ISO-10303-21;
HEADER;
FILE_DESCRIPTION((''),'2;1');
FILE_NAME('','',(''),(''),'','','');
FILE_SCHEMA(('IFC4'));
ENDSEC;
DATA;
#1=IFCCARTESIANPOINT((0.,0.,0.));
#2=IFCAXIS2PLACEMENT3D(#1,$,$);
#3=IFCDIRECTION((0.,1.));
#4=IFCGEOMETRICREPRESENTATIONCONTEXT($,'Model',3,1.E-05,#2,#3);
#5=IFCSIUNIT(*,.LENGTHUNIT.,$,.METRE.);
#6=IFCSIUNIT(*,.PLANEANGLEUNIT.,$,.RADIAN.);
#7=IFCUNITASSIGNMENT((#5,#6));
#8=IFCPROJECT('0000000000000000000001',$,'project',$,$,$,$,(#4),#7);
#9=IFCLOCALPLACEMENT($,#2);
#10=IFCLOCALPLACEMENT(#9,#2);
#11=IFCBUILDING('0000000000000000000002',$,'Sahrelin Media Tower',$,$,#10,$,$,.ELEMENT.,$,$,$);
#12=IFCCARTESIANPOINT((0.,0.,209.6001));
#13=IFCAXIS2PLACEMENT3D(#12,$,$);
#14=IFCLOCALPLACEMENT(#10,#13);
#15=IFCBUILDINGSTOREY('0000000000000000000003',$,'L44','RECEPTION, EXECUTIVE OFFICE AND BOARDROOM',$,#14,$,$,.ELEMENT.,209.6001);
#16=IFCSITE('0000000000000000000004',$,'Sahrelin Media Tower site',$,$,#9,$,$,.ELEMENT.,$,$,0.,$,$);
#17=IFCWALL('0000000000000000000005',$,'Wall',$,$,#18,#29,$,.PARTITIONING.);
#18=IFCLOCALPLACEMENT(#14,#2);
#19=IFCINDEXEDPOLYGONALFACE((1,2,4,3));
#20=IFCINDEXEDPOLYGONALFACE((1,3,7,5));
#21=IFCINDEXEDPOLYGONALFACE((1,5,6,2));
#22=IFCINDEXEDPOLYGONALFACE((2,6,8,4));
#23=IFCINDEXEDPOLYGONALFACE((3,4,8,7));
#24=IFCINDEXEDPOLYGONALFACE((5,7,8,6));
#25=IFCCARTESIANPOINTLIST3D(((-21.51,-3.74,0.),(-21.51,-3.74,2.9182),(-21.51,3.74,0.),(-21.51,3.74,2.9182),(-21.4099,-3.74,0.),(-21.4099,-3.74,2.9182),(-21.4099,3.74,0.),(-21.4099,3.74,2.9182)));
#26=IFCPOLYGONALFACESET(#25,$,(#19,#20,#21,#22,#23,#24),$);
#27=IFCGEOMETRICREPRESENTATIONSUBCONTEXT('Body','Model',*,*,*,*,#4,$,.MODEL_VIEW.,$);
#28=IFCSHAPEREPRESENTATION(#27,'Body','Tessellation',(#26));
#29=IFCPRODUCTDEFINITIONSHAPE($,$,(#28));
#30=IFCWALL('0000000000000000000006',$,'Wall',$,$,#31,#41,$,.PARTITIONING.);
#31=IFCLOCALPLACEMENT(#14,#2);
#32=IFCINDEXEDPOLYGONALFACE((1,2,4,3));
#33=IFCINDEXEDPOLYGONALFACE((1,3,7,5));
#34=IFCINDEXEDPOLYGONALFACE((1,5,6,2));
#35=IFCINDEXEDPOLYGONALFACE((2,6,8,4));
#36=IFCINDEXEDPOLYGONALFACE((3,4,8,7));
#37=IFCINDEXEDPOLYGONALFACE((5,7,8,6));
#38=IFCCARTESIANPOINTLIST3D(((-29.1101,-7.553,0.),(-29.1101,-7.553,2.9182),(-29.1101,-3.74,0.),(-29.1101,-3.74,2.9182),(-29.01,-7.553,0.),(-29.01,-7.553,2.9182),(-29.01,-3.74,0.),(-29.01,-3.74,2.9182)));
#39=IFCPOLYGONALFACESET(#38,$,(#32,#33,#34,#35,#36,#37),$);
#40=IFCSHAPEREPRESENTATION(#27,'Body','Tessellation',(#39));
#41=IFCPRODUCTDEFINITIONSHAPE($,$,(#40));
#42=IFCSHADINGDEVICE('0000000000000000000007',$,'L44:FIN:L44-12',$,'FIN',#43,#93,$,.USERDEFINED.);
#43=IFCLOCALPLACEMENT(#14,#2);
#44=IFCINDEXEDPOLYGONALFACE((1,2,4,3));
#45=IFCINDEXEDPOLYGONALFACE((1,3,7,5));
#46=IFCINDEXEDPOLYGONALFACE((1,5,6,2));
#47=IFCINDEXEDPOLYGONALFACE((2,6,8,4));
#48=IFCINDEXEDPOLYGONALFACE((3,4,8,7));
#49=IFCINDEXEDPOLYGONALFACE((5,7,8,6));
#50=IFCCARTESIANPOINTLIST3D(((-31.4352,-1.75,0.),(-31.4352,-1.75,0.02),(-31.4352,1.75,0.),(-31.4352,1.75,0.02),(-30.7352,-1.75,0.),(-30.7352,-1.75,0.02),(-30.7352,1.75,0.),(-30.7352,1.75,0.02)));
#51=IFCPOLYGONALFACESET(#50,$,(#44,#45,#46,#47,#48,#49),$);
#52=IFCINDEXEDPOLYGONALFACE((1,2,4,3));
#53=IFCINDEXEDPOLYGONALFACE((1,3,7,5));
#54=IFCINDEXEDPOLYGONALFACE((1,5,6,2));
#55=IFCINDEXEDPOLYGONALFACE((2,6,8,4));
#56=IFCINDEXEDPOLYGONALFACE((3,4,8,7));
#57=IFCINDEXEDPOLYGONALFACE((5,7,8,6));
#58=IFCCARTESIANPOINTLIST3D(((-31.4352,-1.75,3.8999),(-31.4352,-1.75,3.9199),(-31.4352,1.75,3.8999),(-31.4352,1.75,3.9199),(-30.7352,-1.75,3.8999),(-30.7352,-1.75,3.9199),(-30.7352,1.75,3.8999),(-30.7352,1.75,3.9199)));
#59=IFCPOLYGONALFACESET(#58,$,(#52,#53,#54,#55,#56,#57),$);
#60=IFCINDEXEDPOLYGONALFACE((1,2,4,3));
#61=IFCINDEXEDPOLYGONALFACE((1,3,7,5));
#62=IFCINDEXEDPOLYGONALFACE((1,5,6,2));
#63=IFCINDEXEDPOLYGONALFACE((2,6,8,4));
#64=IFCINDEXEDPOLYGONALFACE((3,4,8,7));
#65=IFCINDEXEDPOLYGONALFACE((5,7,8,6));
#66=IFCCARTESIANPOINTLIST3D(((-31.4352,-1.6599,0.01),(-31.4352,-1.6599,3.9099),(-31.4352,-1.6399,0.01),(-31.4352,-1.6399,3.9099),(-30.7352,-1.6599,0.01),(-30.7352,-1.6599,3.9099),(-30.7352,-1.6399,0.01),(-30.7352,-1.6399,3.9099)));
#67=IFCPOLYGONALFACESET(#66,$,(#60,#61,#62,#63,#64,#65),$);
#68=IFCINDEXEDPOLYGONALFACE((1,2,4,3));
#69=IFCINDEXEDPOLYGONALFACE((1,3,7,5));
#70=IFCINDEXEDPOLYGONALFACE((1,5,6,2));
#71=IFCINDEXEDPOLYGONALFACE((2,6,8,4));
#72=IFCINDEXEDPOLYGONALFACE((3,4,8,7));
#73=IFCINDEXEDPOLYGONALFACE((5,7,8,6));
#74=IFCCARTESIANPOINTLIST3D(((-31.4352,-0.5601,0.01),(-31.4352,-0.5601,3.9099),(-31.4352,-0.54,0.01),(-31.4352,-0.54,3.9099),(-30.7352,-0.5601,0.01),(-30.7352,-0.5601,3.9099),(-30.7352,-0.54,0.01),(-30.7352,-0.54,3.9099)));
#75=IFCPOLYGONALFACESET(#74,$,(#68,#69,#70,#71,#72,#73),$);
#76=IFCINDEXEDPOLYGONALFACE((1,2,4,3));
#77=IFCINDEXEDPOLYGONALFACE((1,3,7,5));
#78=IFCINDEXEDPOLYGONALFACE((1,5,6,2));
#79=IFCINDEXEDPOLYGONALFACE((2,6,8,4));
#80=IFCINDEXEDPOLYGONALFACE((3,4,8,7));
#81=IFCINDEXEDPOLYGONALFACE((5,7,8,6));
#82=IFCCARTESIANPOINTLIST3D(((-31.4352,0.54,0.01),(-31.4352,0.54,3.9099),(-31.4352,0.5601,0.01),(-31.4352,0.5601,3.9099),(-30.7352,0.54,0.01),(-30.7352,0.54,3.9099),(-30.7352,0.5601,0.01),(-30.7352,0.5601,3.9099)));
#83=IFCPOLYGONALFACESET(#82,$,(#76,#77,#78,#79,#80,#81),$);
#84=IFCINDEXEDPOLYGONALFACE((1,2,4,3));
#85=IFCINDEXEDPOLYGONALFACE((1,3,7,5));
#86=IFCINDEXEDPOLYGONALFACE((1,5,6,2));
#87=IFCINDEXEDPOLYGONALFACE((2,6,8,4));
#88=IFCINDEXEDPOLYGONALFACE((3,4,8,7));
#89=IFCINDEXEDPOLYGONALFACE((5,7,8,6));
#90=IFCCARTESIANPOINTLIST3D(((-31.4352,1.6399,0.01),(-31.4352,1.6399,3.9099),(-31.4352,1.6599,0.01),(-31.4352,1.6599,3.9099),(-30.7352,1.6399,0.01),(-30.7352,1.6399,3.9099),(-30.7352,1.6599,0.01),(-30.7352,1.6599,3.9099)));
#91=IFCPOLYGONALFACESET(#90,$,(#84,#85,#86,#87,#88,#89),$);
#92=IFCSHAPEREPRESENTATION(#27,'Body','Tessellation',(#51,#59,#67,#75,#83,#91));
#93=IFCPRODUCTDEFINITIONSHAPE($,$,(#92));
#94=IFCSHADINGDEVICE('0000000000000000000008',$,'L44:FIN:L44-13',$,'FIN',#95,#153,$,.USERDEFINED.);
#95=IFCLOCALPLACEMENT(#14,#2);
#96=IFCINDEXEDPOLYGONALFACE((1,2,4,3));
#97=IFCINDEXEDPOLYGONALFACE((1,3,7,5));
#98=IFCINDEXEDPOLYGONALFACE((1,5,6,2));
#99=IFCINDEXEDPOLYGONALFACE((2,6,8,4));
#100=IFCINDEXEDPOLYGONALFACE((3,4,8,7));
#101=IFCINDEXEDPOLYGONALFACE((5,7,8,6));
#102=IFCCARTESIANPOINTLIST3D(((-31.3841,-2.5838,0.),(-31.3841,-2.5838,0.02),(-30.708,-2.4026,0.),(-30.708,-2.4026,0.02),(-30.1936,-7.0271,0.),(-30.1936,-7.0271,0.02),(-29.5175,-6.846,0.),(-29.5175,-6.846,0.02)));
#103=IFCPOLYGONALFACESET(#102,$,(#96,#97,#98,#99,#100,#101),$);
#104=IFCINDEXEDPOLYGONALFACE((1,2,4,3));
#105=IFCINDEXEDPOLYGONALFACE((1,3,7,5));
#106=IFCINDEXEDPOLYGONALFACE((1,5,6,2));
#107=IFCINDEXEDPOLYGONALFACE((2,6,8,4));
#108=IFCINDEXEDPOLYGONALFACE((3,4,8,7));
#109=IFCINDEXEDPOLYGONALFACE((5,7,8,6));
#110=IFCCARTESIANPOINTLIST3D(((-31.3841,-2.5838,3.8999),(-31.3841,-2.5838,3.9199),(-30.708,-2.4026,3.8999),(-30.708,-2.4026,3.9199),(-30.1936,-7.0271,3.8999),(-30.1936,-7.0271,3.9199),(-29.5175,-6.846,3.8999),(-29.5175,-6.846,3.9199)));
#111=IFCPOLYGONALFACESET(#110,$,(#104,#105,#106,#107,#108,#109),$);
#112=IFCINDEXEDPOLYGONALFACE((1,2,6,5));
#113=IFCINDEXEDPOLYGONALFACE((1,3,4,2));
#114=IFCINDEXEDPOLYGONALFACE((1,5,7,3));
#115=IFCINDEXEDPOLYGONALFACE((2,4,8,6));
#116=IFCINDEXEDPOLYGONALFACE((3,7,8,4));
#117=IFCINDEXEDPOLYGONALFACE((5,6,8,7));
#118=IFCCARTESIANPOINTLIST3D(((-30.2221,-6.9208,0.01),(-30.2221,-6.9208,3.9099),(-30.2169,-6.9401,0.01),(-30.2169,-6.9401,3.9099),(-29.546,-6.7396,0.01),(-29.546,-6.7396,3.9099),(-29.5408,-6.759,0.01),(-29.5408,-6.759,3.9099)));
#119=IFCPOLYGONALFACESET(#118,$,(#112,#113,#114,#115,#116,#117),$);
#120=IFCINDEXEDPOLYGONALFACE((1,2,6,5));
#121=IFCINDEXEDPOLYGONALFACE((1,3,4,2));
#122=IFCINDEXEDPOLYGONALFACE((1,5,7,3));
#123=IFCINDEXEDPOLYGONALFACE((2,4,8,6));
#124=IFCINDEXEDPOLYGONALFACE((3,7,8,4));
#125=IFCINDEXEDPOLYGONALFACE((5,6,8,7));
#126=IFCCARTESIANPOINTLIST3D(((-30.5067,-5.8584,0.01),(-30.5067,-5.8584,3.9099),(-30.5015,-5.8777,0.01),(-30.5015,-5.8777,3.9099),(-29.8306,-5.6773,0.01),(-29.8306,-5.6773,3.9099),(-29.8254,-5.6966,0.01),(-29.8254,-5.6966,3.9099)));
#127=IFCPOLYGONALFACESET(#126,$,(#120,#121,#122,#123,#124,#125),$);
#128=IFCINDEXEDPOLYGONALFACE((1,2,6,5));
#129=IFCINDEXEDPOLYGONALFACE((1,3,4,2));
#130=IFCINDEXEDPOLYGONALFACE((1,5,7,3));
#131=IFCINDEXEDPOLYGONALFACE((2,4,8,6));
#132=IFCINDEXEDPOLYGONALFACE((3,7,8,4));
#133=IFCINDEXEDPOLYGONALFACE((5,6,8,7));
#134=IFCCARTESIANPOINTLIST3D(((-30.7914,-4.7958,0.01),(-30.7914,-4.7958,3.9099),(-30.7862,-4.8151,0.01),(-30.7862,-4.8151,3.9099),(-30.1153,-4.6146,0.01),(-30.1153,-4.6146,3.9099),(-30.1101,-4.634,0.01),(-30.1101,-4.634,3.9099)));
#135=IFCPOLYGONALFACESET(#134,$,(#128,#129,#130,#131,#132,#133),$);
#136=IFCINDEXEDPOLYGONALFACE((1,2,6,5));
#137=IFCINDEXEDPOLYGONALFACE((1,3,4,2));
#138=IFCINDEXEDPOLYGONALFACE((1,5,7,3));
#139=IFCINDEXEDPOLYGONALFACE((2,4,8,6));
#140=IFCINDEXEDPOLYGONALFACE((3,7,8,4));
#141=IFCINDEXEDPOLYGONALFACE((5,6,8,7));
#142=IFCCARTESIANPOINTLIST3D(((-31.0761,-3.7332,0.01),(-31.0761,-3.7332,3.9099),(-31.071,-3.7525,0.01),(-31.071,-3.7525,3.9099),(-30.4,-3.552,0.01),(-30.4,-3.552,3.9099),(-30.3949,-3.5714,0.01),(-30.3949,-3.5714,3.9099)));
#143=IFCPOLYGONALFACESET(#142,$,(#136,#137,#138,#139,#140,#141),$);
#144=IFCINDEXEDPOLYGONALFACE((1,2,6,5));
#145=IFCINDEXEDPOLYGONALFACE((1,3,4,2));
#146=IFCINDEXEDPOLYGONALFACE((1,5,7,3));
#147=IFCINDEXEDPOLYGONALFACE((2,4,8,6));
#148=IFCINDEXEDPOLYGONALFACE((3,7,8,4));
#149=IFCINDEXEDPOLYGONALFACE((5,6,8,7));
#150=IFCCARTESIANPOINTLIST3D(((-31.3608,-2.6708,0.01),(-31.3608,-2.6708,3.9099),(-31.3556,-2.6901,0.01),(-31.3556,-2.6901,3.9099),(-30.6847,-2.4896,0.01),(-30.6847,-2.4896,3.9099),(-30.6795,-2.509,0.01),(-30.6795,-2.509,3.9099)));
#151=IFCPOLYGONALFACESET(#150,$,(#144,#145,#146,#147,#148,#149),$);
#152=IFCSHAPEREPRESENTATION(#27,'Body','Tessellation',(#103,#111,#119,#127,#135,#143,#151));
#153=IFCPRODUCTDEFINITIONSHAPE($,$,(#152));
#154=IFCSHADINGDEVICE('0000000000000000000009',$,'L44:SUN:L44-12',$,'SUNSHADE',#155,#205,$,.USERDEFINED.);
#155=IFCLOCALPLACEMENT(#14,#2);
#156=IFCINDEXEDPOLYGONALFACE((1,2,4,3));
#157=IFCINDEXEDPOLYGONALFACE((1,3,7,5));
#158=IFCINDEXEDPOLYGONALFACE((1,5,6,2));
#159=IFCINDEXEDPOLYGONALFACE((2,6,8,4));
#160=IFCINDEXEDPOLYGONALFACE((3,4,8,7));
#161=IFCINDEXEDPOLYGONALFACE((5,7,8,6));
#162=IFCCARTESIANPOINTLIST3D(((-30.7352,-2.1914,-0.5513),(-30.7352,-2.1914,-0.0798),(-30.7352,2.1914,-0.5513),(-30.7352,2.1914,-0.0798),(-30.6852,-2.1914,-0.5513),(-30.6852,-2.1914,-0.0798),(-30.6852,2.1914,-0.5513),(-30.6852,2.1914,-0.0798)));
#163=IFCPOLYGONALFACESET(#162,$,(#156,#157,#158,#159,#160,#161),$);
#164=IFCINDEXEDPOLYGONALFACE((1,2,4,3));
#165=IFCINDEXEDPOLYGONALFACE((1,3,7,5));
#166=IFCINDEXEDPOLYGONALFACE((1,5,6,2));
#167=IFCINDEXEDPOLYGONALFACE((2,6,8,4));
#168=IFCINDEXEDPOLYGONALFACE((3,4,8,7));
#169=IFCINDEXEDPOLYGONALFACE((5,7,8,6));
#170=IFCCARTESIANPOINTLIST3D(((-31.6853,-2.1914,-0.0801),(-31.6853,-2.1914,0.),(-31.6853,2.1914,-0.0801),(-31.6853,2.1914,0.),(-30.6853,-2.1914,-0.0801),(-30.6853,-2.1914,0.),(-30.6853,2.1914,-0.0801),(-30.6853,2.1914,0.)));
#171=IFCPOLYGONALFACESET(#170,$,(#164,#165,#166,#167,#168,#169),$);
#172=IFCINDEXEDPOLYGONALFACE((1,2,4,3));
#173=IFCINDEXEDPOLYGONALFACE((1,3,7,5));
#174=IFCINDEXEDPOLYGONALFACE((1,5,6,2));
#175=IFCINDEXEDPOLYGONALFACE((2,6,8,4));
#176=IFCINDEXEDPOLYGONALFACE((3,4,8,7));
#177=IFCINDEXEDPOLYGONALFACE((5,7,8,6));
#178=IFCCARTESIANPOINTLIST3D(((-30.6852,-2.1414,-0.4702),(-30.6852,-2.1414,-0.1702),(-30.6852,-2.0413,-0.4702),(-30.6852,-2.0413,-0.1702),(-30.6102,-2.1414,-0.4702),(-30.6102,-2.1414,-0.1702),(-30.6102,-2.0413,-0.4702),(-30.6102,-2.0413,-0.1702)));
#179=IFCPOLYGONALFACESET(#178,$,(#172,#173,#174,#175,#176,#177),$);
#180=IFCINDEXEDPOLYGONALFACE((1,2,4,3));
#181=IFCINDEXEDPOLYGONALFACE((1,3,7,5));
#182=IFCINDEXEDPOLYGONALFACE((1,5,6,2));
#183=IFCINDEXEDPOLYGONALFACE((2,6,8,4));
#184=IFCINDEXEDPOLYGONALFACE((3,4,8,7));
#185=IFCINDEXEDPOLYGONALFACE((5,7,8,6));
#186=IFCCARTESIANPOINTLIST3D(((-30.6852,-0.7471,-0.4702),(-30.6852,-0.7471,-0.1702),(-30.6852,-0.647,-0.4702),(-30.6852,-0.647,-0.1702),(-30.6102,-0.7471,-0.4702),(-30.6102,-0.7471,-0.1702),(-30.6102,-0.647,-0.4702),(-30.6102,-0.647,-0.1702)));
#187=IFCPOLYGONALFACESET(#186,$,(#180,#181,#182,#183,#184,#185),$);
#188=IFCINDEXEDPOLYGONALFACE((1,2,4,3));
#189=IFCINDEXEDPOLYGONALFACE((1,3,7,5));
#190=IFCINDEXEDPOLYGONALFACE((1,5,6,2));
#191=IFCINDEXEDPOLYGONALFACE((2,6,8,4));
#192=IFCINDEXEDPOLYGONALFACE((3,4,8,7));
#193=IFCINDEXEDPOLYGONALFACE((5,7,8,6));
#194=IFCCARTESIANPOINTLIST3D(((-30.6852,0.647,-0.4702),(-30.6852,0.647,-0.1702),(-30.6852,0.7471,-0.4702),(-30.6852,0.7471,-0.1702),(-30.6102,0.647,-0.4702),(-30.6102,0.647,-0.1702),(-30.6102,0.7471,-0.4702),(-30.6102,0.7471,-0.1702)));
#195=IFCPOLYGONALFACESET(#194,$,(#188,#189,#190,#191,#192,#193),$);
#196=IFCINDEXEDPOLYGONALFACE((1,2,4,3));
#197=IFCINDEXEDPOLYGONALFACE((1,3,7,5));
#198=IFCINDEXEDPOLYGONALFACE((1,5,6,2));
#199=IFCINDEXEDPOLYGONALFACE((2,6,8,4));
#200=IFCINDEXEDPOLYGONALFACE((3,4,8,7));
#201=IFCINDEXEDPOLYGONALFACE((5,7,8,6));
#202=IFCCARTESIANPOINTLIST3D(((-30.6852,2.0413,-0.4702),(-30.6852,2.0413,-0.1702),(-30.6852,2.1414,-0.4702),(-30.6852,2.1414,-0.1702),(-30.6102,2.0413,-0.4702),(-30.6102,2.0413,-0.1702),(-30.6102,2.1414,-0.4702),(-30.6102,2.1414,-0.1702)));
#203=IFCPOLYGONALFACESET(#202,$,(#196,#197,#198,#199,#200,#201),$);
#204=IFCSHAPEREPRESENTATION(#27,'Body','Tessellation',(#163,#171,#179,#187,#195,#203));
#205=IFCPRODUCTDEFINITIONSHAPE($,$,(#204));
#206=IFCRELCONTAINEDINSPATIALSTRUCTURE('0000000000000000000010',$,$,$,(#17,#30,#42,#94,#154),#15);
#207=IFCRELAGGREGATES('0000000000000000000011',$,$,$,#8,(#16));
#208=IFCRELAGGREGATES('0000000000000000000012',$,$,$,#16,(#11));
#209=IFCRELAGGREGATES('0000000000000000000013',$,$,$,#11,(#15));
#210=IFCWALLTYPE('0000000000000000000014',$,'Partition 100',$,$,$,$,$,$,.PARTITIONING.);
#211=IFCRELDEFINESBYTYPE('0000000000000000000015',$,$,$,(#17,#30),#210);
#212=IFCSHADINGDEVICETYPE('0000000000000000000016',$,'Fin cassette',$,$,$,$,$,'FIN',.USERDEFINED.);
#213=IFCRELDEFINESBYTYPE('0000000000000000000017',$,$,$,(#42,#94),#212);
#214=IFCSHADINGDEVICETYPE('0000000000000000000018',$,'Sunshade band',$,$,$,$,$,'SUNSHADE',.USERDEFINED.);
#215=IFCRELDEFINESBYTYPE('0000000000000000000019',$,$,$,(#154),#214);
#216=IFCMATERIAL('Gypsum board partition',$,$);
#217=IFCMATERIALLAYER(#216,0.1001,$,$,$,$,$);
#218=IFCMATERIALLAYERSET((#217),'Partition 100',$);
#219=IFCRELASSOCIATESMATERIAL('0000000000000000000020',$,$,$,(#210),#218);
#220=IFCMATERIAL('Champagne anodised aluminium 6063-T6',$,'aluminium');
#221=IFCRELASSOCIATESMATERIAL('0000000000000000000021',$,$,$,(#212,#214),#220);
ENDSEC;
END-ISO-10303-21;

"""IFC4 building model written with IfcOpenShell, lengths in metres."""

from ifc_helpers import new_model, si_unit, direction, frame, frame_2d, origin, origin_2d, place, context, subcontext, project, spatial, rectangle, extrude, material, layer, layer_set, type_object, element, save


model = new_model("IFC4")

# Units and contexts
model_context = context("Model", 3, precision=1e-05, world=origin(), true_north=direction((0.0, 1.0)))
body_context = subcontext(model_context, "Body", "Model", "MODEL_VIEW")
ifc_project = project(units=[si_unit("LENGTHUNIT", "METRE"), si_unit("PLANEANGLEUNIT", "RADIAN")], contexts=[model_context])

# Site, building, storey
site_placement = place(None, origin())
site = spatial("IfcSite", under=ifc_project, at=site_placement, Name="Sahrelin Media Tower site", CompositionType="ELEMENT", RefElevation=0.0)
building_placement = place(site_placement, origin())
building = spatial("IfcBuilding", under=site, at=building_placement, Name="Sahrelin Media Tower", CompositionType="ELEMENT")
storey_placement = place(building_placement, frame((0.0, 0.0, 209.6001)))
storey = spatial("IfcBuildingStorey", under=building, at=storey_placement, Name="L44", Description="RECEPTION, EXECUTIVE OFFICE AND BOARDROOM", CompositionType="ELEMENT", Elevation=209.6001)

# Shared definitions
ifc_material_1 = material(Name="Champagne anodised aluminium 6063-T6", Category="aluminium")

# Shared definitions
ifc_material_2 = material(Name="Gypsum board partition")
ifc_layer_1 = layer(ifc_material_2, 0.1001)
ifc_layer_set_1 = layer_set([ifc_layer_1], Name="Partition 100")
wall_type_1 = type_object("IfcWallType", Name="Partition 100", PredefinedType="PARTITIONING", material=ifc_layer_set_1)

# Walls
wall_1_placement = place(storey_placement, frame((-21.46, -3.74, 0.0), z_axis=(0.0, 0.0, 1.0), x_axis=(0.0, 1.0, 0.0)))
element("IfcWall", 1, at=wall_1_placement, inside=storey, type_object=wall_type_1, Name="Wall", PredefinedType="PARTITIONING", context=body_context, shape_type="SweptSolid", body=[
    extrude(rectangle(XDim=7.48, YDim=0.1001, at=frame_2d((3.74, 0.0))), origin(), (0.0, 0.0, 1.0), 2.9182),
])
wall_2_placement = place(storey_placement, frame((-29.0601, -7.553, 0.0), z_axis=(0.0, 0.0, 1.0), x_axis=(0.0, 1.0, 0.0)))
element("IfcWall", 2, at=wall_2_placement, inside=storey, type_object=wall_type_1, Name="Wall", PredefinedType="PARTITIONING", context=body_context, shape_type="SweptSolid", body=[
    extrude(rectangle(XDim=3.813, YDim=0.1001, at=frame_2d((1.9065, 0.0))), origin(), (0.0, 0.0, 1.0), 2.9182),
])

# Shading devices
shading_device_type_1 = type_object("IfcShadingDeviceType", Name="Fin cassette", ElementType="FIN", PredefinedType="USERDEFINED", material=ifc_material_1)
placement_1 = place(storey_placement, frame((-30.6653, 0.0, 0.0), z_axis=(0.0, 0.0, 1.0), x_axis=(0.0, 1.0, 0.0)))
element("IfcShadingDevice", 3, at=placement_1, inside=storey, type_object=shading_device_type_1, Name="L44:FIN:L44-12", ObjectType="FIN", PredefinedType="USERDEFINED", context=body_context, shape_type="SweptSolid", body=[
    extrude(rectangle(XDim=3.5, YDim=0.7, at=origin_2d()), frame((0.0, 0.4199, 0.0)), (0.0, 0.0, 1.0), 0.02),
    extrude(rectangle(XDim=3.5, YDim=0.7, at=origin_2d()), frame((0.0, 0.4199, 3.8999)), (0.0, 0.0, 1.0), 0.02),
    extrude(rectangle(XDim=0.02, YDim=0.7, at=origin_2d()), frame((-1.6499, 0.4199, 0.01), z_axis=(0.0, 0.0, 1.0), x_axis=(1.0, 0.0, 0.0)), (0.0, 0.0, 1.0), 3.8999),
    extrude(rectangle(XDim=0.02, YDim=0.7, at=origin_2d()), frame((-0.55, 0.4199, 0.01), z_axis=(0.0, 0.0, 1.0), x_axis=(1.0, 0.0, 0.0)), (0.0, 0.0, 1.0), 3.8999),
    extrude(rectangle(XDim=0.02, YDim=0.7, at=origin_2d()), frame((0.55, 0.4199, 0.01), z_axis=(0.0, 0.0, 1.0), x_axis=(1.0, 0.0, 0.0)), (0.0, 0.0, 1.0), 3.8999),
    extrude(rectangle(XDim=0.02, YDim=0.7, at=origin_2d()), frame((1.6499, 0.4199, 0.01), z_axis=(0.0, 0.0, 1.0), x_axis=(1.0, 0.0, 0.0)), (0.0, 0.0, 1.0), 3.8999),
])
placement_2 = place(storey_placement, frame((-30.0452, -4.6062, 0.0), z_axis=(0.0, 0.0, 1.0), x_axis=(-0.258808, 0.965929, 0.0)))
element("IfcShadingDevice", 4, at=placement_2, inside=storey, type_object=shading_device_type_1, Name="L44:FIN:L44-13", ObjectType="FIN", PredefinedType="USERDEFINED", context=body_context, shape_type="SweptSolid", body=[
    extrude(rectangle(XDim=4.6001, YDim=0.7, at=origin_2d()), frame((0.0, 0.4199, 0.0)), (0.0, 0.0, 1.0), 0.02),
    extrude(rectangle(XDim=4.6001, YDim=0.7, at=origin_2d()), frame((0.0, 0.4199, 3.8999)), (0.0, 0.0, 1.0), 0.02),
    extrude(rectangle(XDim=0.02, YDim=0.7, at=origin_2d()), frame((-2.2, 0.4199, 0.01), z_axis=(0.0, 0.0, 1.0), x_axis=(1.0, 0.0, 0.0)), (0.0, 0.0, 1.0), 3.8999),
    extrude(rectangle(XDim=0.02, YDim=0.7, at=origin_2d()), frame((-1.1001, 0.4199, 0.01), z_axis=(0.0, 0.0, 1.0), x_axis=(1.0, 0.0, 0.0)), (0.0, 0.0, 1.0), 3.8999),
    extrude(rectangle(XDim=0.02, YDim=0.7, at=origin_2d()), frame((0.0, 0.4199, 0.01), z_axis=(0.0, 0.0, 1.0), x_axis=(1.0, 0.0, 0.0)), (0.0, 0.0, 1.0), 3.8999),
    extrude(rectangle(XDim=0.02, YDim=0.7, at=origin_2d()), frame((1.1001, 0.4199, 0.01), z_axis=(0.0, 0.0, 1.0), x_axis=(1.0, 0.0, 0.0)), (0.0, 0.0, 1.0), 3.8999),
    extrude(rectangle(XDim=0.02, YDim=0.7, at=origin_2d()), frame((2.2, 0.4199, 0.01), z_axis=(0.0, 0.0, 1.0), x_axis=(1.0, 0.0, 0.0)), (0.0, 0.0, 1.0), 3.8999),
])
shading_device_type_2 = type_object("IfcShadingDeviceType", Name="Sunshade band", ElementType="SUNSHADE", PredefinedType="USERDEFINED", material=ifc_material_1)
element("IfcShadingDevice", 5, at=placement_1, inside=storey, type_object=shading_device_type_2, Name="L44:SUN:L44-12", ObjectType="SUNSHADE", PredefinedType="USERDEFINED", context=body_context, shape_type="SweptSolid", body=[
    extrude(rectangle(XDim=4.3828, YDim=0.05, at=origin_2d()), frame((0.0, 0.0449, -0.5513)), (0.0, 0.0, 1.0), 0.4714),
    extrude(rectangle(XDim=4.3828, YDim=1.0, at=origin_2d()), frame((0.0, 0.52, -0.0801)), (0.0, 0.0, 1.0), 0.0801),
    extrude(rectangle(XDim=0.1001, YDim=0.075, at=origin_2d()), frame((-2.0913, -0.0176, -0.4702)), (0.0, 0.0, 1.0), 0.3),
    extrude(rectangle(XDim=0.1001, YDim=0.075, at=origin_2d()), frame((-0.697, -0.0176, -0.4702)), (0.0, 0.0, 1.0), 0.3),
    extrude(rectangle(XDim=0.1001, YDim=0.075, at=origin_2d()), frame((0.697, -0.0176, -0.4702)), (0.0, 0.0, 1.0), 0.3),
    extrude(rectangle(XDim=0.1001, YDim=0.075, at=origin_2d()), frame((2.0913, -0.0176, -0.4702)), (0.0, 0.0, 1.0), 0.3),
])

save(model, "model.ifc")
